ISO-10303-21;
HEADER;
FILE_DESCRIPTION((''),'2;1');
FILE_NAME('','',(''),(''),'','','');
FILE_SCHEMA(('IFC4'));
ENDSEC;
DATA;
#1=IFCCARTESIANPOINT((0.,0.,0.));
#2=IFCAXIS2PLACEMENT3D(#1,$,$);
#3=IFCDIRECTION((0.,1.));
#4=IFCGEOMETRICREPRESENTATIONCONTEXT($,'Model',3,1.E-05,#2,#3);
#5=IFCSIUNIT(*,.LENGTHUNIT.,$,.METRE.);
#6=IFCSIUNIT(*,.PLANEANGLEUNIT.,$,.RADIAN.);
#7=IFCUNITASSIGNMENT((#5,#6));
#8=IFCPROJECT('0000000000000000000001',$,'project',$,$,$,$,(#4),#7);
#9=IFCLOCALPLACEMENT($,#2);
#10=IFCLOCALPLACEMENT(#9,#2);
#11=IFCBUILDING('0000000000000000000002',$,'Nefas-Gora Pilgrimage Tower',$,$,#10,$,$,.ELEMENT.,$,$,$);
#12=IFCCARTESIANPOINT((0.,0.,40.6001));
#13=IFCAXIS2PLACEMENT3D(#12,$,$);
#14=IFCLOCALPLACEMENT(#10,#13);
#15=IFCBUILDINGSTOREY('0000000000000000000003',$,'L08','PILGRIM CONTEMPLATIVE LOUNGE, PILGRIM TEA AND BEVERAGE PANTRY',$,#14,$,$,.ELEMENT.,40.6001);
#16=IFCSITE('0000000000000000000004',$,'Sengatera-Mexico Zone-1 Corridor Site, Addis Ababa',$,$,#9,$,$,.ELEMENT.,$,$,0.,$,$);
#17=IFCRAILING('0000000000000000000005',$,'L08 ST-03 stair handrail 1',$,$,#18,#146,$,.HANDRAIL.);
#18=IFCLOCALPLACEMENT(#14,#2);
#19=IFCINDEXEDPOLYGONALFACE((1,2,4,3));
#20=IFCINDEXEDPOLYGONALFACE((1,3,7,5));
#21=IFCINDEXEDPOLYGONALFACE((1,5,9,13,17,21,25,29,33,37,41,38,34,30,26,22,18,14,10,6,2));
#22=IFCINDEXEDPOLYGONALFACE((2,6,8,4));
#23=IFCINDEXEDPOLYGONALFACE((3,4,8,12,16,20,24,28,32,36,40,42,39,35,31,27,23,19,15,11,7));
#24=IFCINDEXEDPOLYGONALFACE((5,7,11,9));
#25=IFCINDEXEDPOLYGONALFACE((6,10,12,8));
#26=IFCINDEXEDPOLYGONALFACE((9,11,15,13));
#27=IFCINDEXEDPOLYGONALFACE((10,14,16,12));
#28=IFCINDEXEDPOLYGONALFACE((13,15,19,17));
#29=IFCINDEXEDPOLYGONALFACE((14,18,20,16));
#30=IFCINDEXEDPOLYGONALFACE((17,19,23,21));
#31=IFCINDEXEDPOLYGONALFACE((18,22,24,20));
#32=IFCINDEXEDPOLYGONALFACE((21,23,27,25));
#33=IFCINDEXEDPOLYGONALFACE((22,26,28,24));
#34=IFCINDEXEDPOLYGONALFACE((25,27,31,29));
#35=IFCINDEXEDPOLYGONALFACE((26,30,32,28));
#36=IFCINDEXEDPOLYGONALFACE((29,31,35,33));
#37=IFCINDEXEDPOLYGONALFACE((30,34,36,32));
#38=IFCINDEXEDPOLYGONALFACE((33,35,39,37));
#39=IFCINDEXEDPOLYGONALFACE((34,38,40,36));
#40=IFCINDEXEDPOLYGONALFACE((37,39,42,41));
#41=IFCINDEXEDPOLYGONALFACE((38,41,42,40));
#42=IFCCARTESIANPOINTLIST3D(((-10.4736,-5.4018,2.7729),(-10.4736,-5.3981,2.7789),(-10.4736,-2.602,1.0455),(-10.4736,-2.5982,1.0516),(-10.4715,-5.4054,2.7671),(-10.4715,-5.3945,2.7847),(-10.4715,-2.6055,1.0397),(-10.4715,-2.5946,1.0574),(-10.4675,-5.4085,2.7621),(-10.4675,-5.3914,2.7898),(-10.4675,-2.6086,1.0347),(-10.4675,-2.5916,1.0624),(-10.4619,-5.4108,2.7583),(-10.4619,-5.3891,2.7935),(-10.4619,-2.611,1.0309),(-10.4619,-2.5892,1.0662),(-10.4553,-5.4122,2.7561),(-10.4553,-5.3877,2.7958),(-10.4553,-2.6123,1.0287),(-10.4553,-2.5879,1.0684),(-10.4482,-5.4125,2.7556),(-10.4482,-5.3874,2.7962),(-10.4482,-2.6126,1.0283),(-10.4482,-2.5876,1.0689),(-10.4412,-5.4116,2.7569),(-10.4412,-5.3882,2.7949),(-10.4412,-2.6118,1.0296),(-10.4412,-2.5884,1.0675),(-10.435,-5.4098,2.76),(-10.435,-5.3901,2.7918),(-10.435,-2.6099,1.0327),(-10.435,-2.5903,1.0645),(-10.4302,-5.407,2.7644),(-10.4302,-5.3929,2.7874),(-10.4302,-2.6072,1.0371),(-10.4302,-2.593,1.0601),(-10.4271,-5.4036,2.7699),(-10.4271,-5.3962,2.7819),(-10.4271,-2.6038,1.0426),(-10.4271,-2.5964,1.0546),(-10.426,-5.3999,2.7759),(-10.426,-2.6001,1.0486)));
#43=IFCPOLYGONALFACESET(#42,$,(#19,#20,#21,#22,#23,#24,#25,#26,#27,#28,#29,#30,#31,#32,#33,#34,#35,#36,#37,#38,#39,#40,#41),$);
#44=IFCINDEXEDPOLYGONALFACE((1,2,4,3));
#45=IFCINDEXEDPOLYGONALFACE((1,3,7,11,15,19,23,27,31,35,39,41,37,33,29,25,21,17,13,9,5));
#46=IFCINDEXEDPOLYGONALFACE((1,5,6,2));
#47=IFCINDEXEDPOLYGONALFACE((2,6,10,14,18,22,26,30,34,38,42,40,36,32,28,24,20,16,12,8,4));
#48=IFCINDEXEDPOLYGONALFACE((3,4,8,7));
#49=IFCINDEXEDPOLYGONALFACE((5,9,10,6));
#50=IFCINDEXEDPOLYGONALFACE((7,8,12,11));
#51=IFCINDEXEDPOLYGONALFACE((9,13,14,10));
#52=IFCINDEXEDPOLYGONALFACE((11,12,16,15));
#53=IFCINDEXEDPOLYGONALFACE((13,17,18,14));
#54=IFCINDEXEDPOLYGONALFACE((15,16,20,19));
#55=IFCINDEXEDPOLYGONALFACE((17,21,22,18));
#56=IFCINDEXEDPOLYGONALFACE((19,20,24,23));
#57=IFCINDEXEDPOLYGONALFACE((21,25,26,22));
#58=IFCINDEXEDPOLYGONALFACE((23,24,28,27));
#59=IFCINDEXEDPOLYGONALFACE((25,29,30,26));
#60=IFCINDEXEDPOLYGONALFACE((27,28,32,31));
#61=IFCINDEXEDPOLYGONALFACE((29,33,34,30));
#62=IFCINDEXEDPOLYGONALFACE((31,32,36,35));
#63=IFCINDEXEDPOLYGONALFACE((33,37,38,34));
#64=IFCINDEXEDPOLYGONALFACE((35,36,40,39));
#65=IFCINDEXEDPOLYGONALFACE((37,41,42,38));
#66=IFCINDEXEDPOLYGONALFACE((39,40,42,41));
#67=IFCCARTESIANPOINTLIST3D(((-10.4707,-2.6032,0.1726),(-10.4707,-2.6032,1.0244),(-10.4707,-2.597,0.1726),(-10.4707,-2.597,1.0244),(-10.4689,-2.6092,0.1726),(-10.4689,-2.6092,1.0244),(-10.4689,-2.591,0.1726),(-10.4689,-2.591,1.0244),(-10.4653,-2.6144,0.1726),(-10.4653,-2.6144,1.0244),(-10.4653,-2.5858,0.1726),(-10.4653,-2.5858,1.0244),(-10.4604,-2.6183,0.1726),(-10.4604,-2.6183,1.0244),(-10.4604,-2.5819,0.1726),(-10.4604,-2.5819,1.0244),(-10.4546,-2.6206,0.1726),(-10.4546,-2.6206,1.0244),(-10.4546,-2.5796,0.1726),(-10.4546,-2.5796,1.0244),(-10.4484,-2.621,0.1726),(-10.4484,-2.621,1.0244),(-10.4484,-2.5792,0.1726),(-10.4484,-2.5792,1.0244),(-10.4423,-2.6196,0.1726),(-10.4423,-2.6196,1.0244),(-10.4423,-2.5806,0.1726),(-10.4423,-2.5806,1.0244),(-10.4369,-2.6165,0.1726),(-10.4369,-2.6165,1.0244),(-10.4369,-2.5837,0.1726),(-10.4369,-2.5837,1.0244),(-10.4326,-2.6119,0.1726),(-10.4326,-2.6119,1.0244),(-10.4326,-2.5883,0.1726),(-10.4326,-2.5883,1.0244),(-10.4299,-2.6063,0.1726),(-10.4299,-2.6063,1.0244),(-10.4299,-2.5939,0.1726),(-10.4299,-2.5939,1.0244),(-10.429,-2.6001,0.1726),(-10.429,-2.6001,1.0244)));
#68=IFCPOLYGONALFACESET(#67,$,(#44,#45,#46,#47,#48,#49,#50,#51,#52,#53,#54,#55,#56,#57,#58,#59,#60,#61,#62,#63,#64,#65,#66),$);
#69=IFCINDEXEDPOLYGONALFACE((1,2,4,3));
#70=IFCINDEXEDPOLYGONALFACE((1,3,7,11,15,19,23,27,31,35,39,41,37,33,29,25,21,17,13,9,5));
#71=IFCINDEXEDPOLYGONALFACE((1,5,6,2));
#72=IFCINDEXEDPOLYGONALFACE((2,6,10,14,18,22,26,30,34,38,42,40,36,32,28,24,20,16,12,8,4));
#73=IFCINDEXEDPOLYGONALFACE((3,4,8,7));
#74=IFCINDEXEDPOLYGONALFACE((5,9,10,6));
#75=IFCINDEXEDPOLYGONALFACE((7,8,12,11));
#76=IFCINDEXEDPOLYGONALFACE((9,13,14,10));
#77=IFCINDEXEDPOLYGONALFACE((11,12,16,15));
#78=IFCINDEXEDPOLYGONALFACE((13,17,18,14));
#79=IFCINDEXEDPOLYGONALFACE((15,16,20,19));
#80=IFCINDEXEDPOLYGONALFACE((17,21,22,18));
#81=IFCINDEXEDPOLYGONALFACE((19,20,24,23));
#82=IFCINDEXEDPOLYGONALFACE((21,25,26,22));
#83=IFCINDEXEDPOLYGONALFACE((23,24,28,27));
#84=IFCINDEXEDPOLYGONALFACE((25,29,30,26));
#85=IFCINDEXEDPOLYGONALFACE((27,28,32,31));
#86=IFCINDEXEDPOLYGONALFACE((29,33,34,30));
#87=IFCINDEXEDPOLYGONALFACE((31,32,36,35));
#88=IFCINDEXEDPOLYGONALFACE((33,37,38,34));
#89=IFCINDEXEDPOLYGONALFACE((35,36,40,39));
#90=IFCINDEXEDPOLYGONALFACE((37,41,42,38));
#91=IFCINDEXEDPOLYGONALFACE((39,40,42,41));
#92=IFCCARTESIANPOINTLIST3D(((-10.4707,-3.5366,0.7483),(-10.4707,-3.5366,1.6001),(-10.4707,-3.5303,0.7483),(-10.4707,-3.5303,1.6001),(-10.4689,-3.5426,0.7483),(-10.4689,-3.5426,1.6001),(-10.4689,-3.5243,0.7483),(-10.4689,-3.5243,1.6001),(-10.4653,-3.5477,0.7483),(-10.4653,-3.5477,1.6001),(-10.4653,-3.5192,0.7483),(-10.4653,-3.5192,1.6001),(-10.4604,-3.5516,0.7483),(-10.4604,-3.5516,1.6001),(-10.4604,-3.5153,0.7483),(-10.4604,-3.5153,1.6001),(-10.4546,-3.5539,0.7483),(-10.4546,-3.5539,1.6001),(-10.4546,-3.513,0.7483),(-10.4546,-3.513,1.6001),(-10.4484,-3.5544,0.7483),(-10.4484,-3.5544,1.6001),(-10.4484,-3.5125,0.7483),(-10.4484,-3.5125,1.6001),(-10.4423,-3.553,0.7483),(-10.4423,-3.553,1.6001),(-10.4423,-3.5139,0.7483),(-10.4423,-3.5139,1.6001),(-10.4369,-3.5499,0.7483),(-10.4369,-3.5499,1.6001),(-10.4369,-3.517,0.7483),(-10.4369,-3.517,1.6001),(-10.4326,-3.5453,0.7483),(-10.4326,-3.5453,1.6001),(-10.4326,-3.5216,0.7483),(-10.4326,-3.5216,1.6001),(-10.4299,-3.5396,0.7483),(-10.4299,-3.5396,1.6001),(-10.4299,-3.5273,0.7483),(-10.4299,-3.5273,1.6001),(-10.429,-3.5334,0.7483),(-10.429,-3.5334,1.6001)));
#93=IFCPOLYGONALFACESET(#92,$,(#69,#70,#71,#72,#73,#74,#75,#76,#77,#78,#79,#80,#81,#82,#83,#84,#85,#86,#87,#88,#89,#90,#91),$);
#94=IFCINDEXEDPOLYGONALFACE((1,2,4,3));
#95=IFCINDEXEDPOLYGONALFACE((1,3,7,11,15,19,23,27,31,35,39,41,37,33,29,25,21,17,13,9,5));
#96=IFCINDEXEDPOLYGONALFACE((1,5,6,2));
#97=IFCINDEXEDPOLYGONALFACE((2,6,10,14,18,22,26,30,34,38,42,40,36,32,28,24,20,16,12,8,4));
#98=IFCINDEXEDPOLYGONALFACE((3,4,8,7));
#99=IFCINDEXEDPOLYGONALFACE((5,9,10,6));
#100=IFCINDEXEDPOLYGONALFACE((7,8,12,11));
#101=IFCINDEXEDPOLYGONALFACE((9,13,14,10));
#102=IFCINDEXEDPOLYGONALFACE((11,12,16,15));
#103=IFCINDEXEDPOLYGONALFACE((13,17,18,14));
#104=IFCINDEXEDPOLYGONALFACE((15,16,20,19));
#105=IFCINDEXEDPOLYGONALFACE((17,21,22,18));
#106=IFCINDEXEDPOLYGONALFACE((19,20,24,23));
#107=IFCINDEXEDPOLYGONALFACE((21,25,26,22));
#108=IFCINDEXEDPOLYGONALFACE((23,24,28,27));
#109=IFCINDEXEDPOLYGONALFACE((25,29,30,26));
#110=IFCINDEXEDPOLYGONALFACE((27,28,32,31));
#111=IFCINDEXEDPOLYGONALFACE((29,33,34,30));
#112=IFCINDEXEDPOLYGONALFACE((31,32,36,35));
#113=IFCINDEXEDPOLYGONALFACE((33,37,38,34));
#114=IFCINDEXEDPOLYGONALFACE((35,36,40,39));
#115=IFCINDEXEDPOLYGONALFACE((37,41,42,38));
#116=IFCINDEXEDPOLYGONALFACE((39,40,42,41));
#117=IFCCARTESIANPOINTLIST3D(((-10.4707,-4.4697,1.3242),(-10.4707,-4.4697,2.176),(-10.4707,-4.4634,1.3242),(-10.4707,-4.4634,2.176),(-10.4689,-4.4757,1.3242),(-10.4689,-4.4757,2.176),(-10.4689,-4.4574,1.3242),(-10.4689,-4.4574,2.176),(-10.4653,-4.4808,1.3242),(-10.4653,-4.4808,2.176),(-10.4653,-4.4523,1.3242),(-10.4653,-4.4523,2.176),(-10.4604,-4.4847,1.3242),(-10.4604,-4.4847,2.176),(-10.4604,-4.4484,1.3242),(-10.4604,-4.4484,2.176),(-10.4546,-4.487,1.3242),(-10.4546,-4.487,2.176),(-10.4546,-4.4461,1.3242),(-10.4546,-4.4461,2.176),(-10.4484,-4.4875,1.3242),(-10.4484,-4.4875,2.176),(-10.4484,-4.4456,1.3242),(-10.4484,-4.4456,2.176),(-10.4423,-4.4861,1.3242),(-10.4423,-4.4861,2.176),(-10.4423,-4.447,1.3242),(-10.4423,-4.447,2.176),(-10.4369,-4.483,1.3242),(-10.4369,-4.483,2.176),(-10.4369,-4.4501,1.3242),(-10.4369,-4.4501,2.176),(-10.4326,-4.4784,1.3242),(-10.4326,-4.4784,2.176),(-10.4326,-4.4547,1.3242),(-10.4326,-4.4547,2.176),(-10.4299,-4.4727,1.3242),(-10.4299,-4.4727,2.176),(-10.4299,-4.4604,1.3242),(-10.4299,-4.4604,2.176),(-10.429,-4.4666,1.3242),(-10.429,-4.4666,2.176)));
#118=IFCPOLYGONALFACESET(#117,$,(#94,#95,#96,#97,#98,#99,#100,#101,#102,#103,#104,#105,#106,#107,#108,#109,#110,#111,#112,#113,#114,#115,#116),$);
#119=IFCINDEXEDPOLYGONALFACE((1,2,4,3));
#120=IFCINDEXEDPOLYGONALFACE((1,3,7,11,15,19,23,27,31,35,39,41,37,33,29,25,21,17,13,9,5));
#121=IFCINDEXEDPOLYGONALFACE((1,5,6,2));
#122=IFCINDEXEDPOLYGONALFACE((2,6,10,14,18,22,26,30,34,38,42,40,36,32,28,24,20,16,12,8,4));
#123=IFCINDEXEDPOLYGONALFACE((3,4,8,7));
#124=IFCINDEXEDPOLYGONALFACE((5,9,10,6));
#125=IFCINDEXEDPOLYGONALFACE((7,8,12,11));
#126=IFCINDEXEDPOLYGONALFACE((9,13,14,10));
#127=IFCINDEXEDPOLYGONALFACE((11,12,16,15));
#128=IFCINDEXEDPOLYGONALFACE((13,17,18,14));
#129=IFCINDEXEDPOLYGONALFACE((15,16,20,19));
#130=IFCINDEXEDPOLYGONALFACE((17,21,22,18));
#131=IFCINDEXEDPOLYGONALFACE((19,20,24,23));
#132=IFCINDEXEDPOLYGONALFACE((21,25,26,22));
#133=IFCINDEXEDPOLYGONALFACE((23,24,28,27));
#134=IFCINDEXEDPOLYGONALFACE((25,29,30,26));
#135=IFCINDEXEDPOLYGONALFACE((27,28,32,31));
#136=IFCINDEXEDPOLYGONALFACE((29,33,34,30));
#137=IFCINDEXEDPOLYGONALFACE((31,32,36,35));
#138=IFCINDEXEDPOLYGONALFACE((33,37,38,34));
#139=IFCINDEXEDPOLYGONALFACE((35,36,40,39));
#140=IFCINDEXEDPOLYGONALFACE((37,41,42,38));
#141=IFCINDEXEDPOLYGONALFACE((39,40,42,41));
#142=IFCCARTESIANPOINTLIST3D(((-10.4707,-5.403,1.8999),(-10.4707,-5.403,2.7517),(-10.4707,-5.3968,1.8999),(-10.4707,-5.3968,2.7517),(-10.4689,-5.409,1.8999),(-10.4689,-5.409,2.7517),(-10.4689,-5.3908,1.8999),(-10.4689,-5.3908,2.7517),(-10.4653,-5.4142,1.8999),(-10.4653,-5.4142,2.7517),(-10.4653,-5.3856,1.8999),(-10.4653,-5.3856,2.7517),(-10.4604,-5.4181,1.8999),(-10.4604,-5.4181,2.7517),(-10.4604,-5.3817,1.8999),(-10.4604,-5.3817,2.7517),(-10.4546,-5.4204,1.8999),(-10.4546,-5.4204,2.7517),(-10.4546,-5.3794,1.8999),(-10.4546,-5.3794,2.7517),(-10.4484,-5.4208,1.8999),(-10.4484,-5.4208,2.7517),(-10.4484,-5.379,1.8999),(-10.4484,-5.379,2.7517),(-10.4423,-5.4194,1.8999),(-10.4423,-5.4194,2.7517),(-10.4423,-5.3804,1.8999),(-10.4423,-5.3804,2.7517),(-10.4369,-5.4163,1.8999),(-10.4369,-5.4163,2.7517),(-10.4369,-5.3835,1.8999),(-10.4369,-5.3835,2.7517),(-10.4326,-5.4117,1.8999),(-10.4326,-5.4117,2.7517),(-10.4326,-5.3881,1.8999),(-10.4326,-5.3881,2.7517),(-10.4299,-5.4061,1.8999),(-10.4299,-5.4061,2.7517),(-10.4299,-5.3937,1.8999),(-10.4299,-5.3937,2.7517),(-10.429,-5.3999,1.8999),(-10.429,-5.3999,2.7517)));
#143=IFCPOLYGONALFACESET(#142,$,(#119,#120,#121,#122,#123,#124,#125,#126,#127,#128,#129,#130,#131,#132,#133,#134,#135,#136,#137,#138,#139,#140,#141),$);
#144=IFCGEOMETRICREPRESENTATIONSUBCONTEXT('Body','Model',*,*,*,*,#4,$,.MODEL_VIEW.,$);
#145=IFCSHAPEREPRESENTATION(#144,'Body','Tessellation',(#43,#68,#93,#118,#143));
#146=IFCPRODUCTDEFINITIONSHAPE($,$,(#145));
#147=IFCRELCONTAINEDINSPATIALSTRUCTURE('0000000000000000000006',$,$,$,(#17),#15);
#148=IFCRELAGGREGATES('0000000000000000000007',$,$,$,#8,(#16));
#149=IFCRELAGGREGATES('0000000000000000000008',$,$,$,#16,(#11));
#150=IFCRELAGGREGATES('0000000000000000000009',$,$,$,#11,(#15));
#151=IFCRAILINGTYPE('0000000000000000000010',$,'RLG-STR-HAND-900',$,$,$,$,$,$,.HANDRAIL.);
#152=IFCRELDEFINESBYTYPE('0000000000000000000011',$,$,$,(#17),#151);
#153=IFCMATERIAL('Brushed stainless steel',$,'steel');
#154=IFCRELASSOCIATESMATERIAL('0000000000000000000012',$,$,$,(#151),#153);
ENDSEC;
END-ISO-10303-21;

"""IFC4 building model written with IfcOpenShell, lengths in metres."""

from ifc_helpers import new_model, si_unit, direction, frame, origin, origin_2d, place, context, subcontext, project, spatial, circle, extrude, material, type_object, element, save


model = new_model("IFC4")

# Units and contexts
model_context = context("Model", 3, precision=1e-05, world=origin(), true_north=direction((0.0, 1.0)))
body_context = subcontext(model_context, "Body", "Model", "MODEL_VIEW")
ifc_project = project(units=[si_unit("LENGTHUNIT", "METRE"), si_unit("PLANEANGLEUNIT", "RADIAN")], contexts=[model_context])

# Site, building, storey
site_placement = place(None, origin())
site = spatial("IfcSite", under=ifc_project, at=site_placement, Name="Sengatera-Mexico Zone-1 Corridor Site, Addis Ababa", CompositionType="ELEMENT", RefElevation=0.0)
building_placement = place(site_placement, origin())
building = spatial("IfcBuilding", under=site, at=building_placement, Name="Nefas-Gora Pilgrimage Tower", CompositionType="ELEMENT")
storey_placement = place(building_placement, frame((0.0, 0.0, 40.6001)))
storey = spatial("IfcBuildingStorey", under=building, at=storey_placement, Name="L08", Description="PILGRIM CONTEMPLATIVE LOUNGE, PILGRIM TEA AND BEVERAGE PANTRY", CompositionType="ELEMENT", Elevation=40.6001)

# Railing
ifc_material_1 = material(Name="Brushed stainless steel", Category="steel")
railing_type_1 = type_object("IfcRailingType", Name="RLG-STR-HAND-900", PredefinedType="HANDRAIL", material=ifc_material_1)
railing_1_placement = place(storey_placement, frame((-10.45, -2.6001, 0.1726)))
element("IfcRailing", 1, at=railing_1_placement, inside=storey, type_object=railing_type_1, Name="L08 ST-03 stair handrail 1", PredefinedType="HANDRAIL", context=body_context, shape_type="SweptSolid", body=[
    extrude(circle(Radius=0.0239, at=origin_2d()), frame((0.0, 0.0, 0.876), z_axis=(0.0, -0.851069, 0.525054), x_axis=(1.0, 0.0, 0.0)), (0.0, 0.0, 1.0), 3.2898),
    extrude(circle(Radius=0.021, at=origin_2d()), origin(), (0.0, 0.0, 1.0), 0.8518),
    extrude(circle(Radius=0.021, at=origin_2d()), frame((0.0, -0.9333, 0.5757)), (0.0, 0.0, 1.0), 0.8518),
    extrude(circle(Radius=0.021, at=origin_2d()), frame((0.0, -1.8665, 1.1516)), (0.0, 0.0, 1.0), 0.8518),
    extrude(circle(Radius=0.021, at=origin_2d()), frame((0.0, -2.7998, 1.7273)), (0.0, 0.0, 1.0), 0.8518),
])

save(model, "model.ifc")
